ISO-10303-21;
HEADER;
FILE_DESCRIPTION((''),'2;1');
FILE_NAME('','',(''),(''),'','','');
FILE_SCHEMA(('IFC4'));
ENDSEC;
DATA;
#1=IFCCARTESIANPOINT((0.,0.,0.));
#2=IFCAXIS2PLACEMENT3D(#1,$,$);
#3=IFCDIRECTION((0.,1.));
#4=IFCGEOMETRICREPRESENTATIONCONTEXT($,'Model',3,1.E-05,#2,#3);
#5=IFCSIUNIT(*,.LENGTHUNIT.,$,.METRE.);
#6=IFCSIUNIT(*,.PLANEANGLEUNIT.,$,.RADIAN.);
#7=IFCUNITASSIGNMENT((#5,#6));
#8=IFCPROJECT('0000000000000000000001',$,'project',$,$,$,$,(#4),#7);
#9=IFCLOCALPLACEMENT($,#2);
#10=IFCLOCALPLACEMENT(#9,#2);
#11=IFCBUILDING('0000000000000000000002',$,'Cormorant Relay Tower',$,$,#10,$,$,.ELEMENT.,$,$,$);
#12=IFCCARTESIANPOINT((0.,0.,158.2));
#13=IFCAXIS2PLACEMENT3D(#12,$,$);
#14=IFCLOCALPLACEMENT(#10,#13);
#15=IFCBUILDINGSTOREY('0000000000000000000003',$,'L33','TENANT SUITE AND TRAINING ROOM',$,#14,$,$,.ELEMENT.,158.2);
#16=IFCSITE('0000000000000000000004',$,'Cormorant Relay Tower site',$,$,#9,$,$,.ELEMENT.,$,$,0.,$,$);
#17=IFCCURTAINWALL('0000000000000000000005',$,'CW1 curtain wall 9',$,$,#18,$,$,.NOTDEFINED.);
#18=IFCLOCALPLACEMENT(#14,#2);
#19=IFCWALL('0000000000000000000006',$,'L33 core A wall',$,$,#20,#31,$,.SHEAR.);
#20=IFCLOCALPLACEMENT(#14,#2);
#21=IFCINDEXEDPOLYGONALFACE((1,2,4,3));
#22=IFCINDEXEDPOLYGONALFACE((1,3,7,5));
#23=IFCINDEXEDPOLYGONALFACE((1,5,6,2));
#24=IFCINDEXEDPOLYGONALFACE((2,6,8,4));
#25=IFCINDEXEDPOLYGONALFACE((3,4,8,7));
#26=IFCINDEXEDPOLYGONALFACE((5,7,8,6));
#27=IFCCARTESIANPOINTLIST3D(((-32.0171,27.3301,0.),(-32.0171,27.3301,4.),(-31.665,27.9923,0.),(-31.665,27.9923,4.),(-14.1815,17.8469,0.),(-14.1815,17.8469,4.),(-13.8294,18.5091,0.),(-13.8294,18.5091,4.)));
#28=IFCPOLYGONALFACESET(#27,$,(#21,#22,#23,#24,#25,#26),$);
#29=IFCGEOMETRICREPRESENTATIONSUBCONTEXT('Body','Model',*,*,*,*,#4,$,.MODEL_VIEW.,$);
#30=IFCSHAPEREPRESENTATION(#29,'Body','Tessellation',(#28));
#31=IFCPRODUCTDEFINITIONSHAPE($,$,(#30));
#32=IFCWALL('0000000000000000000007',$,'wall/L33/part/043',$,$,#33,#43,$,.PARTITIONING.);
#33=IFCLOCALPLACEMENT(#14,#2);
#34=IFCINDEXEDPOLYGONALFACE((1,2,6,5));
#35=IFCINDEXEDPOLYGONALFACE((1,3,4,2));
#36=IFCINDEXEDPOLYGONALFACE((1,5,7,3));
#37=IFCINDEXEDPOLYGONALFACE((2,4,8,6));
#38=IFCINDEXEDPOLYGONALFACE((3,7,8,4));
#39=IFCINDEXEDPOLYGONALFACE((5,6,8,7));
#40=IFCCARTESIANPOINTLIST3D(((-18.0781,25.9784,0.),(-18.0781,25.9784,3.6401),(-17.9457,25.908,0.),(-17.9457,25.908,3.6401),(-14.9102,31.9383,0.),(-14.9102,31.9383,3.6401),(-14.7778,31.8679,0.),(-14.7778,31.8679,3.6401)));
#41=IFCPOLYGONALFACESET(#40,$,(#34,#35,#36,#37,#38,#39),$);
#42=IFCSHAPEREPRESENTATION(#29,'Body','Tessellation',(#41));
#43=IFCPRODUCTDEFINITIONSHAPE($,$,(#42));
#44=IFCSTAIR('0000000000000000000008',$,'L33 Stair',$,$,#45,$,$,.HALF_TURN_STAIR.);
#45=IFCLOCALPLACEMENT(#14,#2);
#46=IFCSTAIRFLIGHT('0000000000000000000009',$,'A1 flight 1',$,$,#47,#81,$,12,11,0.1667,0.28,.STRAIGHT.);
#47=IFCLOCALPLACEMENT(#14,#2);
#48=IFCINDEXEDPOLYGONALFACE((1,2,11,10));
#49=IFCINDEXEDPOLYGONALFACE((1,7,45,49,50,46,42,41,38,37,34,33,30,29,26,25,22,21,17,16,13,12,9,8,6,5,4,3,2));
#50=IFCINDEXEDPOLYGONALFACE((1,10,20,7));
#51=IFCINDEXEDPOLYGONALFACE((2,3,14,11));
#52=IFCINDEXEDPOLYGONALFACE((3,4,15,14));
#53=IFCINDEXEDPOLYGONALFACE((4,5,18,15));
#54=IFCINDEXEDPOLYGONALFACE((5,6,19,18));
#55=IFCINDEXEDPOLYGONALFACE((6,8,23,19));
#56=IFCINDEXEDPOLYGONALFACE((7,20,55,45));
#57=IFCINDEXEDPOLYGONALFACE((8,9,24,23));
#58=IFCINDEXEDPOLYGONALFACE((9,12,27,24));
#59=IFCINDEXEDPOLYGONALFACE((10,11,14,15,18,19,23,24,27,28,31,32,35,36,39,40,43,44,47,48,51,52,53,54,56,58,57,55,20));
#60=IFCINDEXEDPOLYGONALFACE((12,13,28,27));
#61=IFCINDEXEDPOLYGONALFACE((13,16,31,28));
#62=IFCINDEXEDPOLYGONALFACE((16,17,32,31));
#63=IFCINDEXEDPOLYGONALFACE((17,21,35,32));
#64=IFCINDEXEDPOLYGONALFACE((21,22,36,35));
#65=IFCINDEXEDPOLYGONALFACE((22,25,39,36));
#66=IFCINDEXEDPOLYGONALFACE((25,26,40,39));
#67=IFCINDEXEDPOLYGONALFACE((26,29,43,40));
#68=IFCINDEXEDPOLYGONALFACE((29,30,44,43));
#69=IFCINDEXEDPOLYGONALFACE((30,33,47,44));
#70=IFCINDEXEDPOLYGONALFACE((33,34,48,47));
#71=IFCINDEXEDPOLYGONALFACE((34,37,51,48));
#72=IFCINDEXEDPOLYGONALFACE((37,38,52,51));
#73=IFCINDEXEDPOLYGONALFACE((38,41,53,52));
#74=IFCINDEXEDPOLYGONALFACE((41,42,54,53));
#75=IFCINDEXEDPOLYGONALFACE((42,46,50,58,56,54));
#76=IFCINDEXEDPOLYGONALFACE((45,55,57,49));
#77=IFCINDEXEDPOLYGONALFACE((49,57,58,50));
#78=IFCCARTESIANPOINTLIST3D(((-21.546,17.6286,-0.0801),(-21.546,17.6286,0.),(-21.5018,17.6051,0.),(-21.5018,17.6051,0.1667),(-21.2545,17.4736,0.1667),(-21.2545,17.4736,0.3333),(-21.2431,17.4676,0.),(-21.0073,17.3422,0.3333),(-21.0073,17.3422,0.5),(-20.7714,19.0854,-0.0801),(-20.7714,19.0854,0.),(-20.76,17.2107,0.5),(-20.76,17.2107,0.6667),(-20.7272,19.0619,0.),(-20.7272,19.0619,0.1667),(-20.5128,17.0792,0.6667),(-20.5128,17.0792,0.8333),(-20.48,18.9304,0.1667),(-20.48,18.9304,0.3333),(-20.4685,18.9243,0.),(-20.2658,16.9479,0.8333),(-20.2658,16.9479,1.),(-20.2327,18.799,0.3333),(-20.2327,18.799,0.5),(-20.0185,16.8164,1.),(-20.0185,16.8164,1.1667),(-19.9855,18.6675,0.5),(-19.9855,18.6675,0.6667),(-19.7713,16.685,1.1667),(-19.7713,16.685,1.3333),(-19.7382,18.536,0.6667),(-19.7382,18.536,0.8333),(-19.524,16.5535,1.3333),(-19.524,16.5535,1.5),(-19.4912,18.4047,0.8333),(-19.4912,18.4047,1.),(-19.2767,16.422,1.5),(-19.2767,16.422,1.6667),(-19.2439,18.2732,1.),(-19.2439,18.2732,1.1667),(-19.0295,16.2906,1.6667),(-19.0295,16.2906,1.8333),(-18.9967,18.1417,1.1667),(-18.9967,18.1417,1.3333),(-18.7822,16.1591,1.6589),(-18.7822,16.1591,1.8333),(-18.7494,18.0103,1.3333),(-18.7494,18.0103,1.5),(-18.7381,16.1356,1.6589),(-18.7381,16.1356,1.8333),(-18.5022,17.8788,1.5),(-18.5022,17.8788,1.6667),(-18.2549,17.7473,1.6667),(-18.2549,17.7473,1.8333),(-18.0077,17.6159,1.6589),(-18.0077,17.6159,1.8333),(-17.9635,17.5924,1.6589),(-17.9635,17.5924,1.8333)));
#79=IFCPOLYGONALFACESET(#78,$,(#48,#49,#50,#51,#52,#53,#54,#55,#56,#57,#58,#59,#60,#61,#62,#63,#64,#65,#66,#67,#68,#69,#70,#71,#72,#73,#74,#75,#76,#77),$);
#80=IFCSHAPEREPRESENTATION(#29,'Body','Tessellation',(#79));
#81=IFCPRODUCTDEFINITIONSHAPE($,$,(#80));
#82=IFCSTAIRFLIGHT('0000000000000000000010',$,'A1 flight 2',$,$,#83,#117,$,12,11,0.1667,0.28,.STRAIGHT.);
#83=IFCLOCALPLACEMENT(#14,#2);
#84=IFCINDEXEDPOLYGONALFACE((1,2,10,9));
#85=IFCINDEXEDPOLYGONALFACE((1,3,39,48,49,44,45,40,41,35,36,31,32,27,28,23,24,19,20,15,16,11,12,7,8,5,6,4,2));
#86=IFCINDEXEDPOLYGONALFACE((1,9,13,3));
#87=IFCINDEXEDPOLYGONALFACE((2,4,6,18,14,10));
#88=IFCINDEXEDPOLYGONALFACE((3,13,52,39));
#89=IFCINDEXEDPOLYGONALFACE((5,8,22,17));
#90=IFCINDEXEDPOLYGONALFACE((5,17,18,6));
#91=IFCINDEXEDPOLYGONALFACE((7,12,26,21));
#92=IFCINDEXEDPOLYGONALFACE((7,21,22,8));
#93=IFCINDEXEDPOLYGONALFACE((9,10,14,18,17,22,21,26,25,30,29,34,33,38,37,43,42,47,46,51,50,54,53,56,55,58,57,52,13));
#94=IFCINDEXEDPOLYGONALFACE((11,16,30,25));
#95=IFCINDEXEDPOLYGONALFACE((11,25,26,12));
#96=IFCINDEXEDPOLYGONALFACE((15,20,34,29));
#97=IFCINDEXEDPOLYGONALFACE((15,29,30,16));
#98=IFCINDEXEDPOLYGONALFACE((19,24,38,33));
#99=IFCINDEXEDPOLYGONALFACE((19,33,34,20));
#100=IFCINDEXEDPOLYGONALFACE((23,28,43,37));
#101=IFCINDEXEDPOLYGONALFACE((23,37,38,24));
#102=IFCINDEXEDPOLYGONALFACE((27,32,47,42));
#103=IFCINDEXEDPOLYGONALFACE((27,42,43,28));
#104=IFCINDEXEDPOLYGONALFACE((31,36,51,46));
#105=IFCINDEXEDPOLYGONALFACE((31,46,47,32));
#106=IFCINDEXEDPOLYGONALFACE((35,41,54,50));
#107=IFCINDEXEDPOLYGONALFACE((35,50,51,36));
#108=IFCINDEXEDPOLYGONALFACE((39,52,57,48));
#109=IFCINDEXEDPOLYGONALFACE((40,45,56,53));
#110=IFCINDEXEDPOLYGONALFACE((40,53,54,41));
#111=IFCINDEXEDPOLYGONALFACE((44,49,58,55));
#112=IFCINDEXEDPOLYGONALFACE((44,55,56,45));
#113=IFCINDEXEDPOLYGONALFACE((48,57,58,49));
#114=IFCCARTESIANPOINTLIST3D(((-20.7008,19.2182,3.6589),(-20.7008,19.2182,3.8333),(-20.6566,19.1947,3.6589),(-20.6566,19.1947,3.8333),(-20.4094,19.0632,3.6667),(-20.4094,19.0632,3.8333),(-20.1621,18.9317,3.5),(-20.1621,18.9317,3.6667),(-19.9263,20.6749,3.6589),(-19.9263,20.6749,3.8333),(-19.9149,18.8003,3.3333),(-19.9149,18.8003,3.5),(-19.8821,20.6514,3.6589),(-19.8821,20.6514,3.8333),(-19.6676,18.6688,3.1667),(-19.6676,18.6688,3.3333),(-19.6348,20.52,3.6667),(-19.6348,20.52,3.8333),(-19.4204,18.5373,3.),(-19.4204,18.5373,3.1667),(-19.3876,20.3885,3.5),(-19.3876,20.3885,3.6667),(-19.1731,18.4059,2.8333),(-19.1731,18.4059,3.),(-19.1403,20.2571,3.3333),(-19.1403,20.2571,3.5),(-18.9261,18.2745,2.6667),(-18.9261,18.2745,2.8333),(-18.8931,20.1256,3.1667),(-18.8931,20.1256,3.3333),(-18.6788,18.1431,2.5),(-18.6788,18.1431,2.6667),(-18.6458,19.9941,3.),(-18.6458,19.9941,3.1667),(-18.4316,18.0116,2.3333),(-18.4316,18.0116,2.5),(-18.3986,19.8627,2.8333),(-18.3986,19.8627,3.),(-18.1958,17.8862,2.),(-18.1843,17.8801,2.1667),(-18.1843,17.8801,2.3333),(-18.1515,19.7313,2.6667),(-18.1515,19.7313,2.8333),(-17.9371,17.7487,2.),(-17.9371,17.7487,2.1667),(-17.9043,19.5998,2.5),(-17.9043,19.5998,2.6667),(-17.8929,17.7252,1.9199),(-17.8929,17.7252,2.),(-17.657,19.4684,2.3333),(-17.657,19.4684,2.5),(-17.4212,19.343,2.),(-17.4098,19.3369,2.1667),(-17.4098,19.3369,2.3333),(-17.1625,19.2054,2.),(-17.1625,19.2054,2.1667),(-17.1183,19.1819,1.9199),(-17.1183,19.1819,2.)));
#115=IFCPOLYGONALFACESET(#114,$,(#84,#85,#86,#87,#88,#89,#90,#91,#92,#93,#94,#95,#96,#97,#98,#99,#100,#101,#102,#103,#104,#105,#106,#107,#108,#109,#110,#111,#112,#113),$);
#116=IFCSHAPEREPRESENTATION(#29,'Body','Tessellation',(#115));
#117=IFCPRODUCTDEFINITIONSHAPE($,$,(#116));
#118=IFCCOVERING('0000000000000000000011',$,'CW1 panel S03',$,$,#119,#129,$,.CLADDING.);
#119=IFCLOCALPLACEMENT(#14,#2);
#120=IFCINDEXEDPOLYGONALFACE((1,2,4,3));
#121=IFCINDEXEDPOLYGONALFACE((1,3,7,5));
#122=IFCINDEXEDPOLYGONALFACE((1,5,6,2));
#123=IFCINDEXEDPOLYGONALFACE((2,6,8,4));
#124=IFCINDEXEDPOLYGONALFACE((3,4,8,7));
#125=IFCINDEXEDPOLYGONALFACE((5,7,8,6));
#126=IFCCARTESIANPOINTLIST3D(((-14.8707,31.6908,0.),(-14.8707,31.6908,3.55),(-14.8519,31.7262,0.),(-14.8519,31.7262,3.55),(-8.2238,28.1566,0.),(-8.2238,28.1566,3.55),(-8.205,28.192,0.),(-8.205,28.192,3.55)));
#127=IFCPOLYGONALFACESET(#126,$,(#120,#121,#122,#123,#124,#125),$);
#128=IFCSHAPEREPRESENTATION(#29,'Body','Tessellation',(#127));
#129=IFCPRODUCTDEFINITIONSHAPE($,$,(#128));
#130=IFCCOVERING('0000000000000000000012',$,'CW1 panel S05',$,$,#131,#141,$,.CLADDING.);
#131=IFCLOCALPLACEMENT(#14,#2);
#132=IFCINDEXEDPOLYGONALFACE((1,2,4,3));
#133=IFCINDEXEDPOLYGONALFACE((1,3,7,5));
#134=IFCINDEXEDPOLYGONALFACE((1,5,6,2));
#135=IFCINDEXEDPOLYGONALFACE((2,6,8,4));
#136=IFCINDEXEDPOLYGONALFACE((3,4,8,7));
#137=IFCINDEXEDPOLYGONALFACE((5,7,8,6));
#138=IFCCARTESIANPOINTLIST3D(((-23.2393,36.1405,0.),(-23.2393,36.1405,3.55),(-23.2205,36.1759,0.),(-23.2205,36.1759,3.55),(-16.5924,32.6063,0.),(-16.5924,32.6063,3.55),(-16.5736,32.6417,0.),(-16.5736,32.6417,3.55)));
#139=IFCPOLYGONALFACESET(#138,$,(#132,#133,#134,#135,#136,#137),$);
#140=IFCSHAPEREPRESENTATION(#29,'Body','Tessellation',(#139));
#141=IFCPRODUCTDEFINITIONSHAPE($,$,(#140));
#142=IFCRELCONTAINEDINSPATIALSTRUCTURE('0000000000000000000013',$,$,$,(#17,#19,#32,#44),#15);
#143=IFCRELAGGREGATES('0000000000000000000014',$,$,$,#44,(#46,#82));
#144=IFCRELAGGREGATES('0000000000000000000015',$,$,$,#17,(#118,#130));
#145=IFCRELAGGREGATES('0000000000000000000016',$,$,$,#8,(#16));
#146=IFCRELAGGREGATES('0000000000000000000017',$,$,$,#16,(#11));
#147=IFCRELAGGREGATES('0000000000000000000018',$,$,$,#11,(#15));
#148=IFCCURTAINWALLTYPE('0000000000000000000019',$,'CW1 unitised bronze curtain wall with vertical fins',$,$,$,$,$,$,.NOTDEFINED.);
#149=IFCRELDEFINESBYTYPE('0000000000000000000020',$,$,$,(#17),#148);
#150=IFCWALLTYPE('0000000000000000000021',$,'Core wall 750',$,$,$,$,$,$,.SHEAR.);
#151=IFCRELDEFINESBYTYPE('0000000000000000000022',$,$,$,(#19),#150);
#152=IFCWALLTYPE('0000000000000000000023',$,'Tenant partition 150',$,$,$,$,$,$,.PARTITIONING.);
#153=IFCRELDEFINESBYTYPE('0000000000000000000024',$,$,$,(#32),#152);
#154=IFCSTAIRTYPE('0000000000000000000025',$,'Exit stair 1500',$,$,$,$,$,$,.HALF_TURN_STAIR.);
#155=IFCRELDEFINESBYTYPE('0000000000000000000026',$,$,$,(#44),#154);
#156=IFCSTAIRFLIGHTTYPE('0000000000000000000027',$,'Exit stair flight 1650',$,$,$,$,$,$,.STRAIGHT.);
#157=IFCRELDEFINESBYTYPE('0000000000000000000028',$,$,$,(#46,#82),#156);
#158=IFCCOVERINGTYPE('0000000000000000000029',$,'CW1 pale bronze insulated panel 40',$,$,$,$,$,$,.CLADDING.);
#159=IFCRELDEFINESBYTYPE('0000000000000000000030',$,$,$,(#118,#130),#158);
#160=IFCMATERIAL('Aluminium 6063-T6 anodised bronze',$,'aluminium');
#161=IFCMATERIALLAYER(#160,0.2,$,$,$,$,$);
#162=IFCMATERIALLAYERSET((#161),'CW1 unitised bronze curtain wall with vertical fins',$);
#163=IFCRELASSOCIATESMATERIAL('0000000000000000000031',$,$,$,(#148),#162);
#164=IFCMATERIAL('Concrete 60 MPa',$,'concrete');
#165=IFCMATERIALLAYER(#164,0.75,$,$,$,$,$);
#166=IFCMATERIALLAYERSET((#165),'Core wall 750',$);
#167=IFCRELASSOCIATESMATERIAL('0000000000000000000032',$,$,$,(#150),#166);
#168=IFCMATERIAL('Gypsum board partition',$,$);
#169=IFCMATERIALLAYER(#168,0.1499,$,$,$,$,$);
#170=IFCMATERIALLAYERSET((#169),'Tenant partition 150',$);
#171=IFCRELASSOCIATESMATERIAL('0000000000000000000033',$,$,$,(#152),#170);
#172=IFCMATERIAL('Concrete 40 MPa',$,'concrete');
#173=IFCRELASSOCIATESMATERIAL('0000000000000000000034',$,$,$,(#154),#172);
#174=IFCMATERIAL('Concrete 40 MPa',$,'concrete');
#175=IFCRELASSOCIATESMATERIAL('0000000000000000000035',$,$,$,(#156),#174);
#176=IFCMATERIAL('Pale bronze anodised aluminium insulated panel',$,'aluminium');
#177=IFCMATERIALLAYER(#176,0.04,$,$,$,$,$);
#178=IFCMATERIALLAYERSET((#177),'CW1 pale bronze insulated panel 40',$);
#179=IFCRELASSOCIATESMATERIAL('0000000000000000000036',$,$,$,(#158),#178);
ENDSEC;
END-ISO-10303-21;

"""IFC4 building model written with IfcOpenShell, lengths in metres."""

from ifc_helpers import new_model, si_unit, direction, frame, frame_2d, origin, origin_2d, place, context, subcontext, project, spatial, polyline, rectangle, outline, extrude, material, layer, layer_set, type_object, element, aggregate, save


model = new_model("IFC4")

# Units and contexts
model_context = context("Model", 3, precision=1e-05, world=origin(), true_north=direction((0.0, 1.0)))
body_context = subcontext(model_context, "Body", "Model", "MODEL_VIEW")
ifc_project = project(units=[si_unit("LENGTHUNIT", "METRE"), si_unit("PLANEANGLEUNIT", "RADIAN")], contexts=[model_context])

# Site, building, storey
site_placement = place(None, origin())
site = spatial("IfcSite", under=ifc_project, at=site_placement, Name="Cormorant Relay Tower site", CompositionType="ELEMENT", RefElevation=0.0)
building_placement = place(site_placement, origin())
building = spatial("IfcBuilding", under=site, at=building_placement, Name="Cormorant Relay Tower", CompositionType="ELEMENT")
storey_placement = place(building_placement, frame((0.0, 0.0, 158.2)))
storey = spatial("IfcBuildingStorey", under=building, at=storey_placement, Name="L33", Description="TENANT SUITE AND TRAINING ROOM", CompositionType="ELEMENT", Elevation=158.2)

# Curtain wall
ifc_material_1 = material(Name="Aluminium 6063-T6 anodised bronze", Category="aluminium")
ifc_layer_1 = layer(ifc_material_1, 0.2)
ifc_layer_set_1 = layer_set([ifc_layer_1], Name="CW1 unitised bronze curtain wall with vertical fins")
curtain_wall_type = type_object("IfcCurtainWallType", Name="CW1 unitised bronze curtain wall with vertical fins", PredefinedType="NOTDEFINED", material=ifc_layer_set_1)
curtain_wall_placement = place(storey_placement, origin())
curtain_wall = element("IfcCurtainWall", 1, at=curtain_wall_placement, inside=storey, type_object=curtain_wall_type, Name="CW1 curtain wall 9", PredefinedType="NOTDEFINED")

# Shared definitions
ifc_material_2 = material(Name="Concrete 60 MPa", Category="concrete")
ifc_layer_2 = layer(ifc_material_2, 0.75)
ifc_layer_set_2 = layer_set([ifc_layer_2], Name="Core wall 750")
wall_type_1 = type_object("IfcWallType", Name="Core wall 750", PredefinedType="SHEAR", material=ifc_layer_set_2)

# Walls
wall_1_placement = place(storey_placement, frame((-14.0054, 18.178, 0.0), z_axis=(0.0, 0.0, 1.0), x_axis=(-0.88295, 0.469467, 0.0)))
element("IfcWall", 2, at=wall_1_placement, inside=storey, type_object=wall_type_1, Name="L33 core A wall", PredefinedType="SHEAR", context=body_context, shape_type="SweptSolid", body=[
    extrude(rectangle(XDim=20.2, YDim=0.75, at=frame_2d((10.1001, 0.0))), origin(), (0.0, 0.0, 1.0), 4.0),
])
ifc_material_3 = material(Name="Gypsum board partition")
ifc_layer_3 = layer(ifc_material_3, 0.1499)
ifc_layer_set_3 = layer_set([ifc_layer_3], Name="Tenant partition 150")
wall_type_2 = type_object("IfcWallType", Name="Tenant partition 150", PredefinedType="PARTITIONING", material=ifc_layer_set_3)
wall_2_placement = place(storey_placement, frame((-14.844, 31.9031, 0.0), z_axis=(0.0, 0.0, 1.0), x_axis=(-0.469356, -0.883009, 0.0)))
element("IfcWall", 3, at=wall_2_placement, inside=storey, type_object=wall_type_2, Name="wall/L33/part/043", PredefinedType="PARTITIONING", context=body_context, shape_type="SweptSolid", body=[
    extrude(rectangle(XDim=6.7495, YDim=0.1499, at=frame_2d((3.3748, 0.0))), origin(), (0.0, 0.0, 1.0), 3.6401),
])

# Stair, stair flights
ifc_material_4 = material(Name="Concrete 40 MPa", Category="concrete")
stair_type = type_object("IfcStairType", Name="Exit stair 1500", PredefinedType="HALF_TURN_STAIR", material=ifc_material_4)
stair_placement = place(storey_placement, origin())
stair = element("IfcStair", 4, at=stair_placement, inside=storey, type_object=stair_type, Name="L33 Stair", PredefinedType="HALF_TURN_STAIR")
ifc_material_5 = material(Name="Concrete 40 MPa", Category="concrete")
stair_flight_type = type_object("IfcStairFlightType", Name="Exit stair flight 1650", PredefinedType="STRAIGHT", material=ifc_material_5)
stair_flight_1_placement = place(storey_placement, frame((-21.1145, 18.3335, 0.0), z_axis=(0.0, 0.0, 1.0), x_axis=(0.882948, -0.469472, 0.0)))
stair_flight_1 = element("IfcStairFlight", 5, at=stair_flight_1_placement, type_object=stair_flight_type, Name="A1 flight 1", NumberOfRisers=12, NumberOfTreads=11, PredefinedType="STRAIGHT", RiserHeight=0.1667, TreadLength=0.28, context=body_context, shape_type="SweptSolid", body=[
    extrude(outline(polyline([(-0.05, -0.0801), (-0.05, 0.0), (0.0, 0.0), (0.0, 0.1667), (0.28, 0.1667), (0.28, 0.3333), (0.5601, 0.3333), (0.5601, 0.5), (0.8401, 0.5), (0.8401, 0.6667), (1.1201, 0.6667), (1.1201, 0.8333), (1.3999, 0.8333), (1.3999, 1.0), (1.6799, 1.0), (1.6799, 1.1667), (1.96, 1.1667), (1.96, 1.3333), (2.24, 1.3333), (2.24, 1.5), (2.52, 1.5), (2.52, 1.6667), (2.8, 1.6667), (2.8, 1.8333), (3.0801, 1.8333), (3.1301, 1.8333), (3.1301, 1.6589), (3.0801, 1.6589), (0.293, 0.0), (-0.05, -0.0801)])), frame((0.0, 0.825, 0.0), z_axis=(0.0, -1.0, 0.0), x_axis=(1.0, 0.0, 0.0)), (0.0, 0.0, 1.0), 1.6499),
])
stair_flight_2_placement = place(storey_placement, frame((-17.5498, 18.4771, 2.0), z_axis=(0.0, 0.0, 1.0), x_axis=(-0.882948, 0.469472, 0.0)))
stair_flight_2 = element("IfcStairFlight", 6, at=stair_flight_2_placement, type_object=stair_flight_type, Name="A1 flight 2", NumberOfRisers=12, NumberOfTreads=11, PredefinedType="STRAIGHT", RiserHeight=0.1667, TreadLength=0.28, context=body_context, shape_type="SweptSolid", body=[
    extrude(outline(polyline([(-0.05, -0.0801), (-0.05, 0.0), (0.0, 0.0), (0.0, 0.1667), (0.28, 0.1667), (0.28, 0.3333), (0.5601, 0.3333), (0.5601, 0.5), (0.8401, 0.5), (0.8401, 0.6667), (1.1201, 0.6667), (1.1201, 0.8333), (1.3999, 0.8333), (1.3999, 1.0), (1.6799, 1.0), (1.6799, 1.1667), (1.96, 1.1667), (1.96, 1.3333), (2.24, 1.3333), (2.24, 1.5), (2.52, 1.5), (2.52, 1.6667), (2.8, 1.6667), (2.8, 1.8333), (3.0801, 1.8333), (3.1301, 1.8333), (3.1301, 1.6589), (3.0801, 1.6589), (0.293, 0.0), (-0.05, -0.0801)])), frame((0.0, 0.825, 0.0), z_axis=(0.0, -1.0, 0.0), x_axis=(1.0, 0.0, 0.0)), (0.0, 0.0, 1.0), 1.6499),
])
aggregate(stair, [stair_flight_1, stair_flight_2])

# Coverings
ifc_material_6 = material(Name="Pale bronze anodised aluminium insulated panel", Category="aluminium")
ifc_layer_4 = layer(ifc_material_6, 0.04)
ifc_layer_set_4 = layer_set([ifc_layer_4], Name="CW1 pale bronze insulated panel 40")
covering_type = type_object("IfcCoveringType", Name="CW1 pale bronze insulated panel 40", PredefinedType="CLADDING", material=ifc_layer_set_4)
covering_1_placement = place(storey_placement, frame((-11.5378, 29.9414, 0.0), z_axis=(0.0, 0.0, 1.0), x_axis=(-0.882948, 0.469472, 0.0)))
covering_1 = element("IfcCovering", 7, at=covering_1_placement, type_object=covering_type, Name="CW1 panel S03", PredefinedType="CLADDING", context=body_context, shape_type="SweptSolid", body=[
    extrude(rectangle(XDim=7.5281, YDim=0.04, at=origin_2d()), origin(), (0.0, 0.0, 1.0), 3.55),
])
covering_2_placement = place(storey_placement, frame((-19.9065, 34.3911, 0.0), z_axis=(0.0, 0.0, 1.0), x_axis=(-0.882948, 0.469472, 0.0)))
covering_2 = element("IfcCovering", 8, at=covering_2_placement, type_object=covering_type, Name="CW1 panel S05", PredefinedType="CLADDING", context=body_context, shape_type="SweptSolid", body=[
    extrude(rectangle(XDim=7.5281, YDim=0.04, at=origin_2d()), origin(), (0.0, 0.0, 1.0), 3.55),
])
aggregate(curtain_wall, [covering_1, covering_2])

save(model, "model.ifc")
